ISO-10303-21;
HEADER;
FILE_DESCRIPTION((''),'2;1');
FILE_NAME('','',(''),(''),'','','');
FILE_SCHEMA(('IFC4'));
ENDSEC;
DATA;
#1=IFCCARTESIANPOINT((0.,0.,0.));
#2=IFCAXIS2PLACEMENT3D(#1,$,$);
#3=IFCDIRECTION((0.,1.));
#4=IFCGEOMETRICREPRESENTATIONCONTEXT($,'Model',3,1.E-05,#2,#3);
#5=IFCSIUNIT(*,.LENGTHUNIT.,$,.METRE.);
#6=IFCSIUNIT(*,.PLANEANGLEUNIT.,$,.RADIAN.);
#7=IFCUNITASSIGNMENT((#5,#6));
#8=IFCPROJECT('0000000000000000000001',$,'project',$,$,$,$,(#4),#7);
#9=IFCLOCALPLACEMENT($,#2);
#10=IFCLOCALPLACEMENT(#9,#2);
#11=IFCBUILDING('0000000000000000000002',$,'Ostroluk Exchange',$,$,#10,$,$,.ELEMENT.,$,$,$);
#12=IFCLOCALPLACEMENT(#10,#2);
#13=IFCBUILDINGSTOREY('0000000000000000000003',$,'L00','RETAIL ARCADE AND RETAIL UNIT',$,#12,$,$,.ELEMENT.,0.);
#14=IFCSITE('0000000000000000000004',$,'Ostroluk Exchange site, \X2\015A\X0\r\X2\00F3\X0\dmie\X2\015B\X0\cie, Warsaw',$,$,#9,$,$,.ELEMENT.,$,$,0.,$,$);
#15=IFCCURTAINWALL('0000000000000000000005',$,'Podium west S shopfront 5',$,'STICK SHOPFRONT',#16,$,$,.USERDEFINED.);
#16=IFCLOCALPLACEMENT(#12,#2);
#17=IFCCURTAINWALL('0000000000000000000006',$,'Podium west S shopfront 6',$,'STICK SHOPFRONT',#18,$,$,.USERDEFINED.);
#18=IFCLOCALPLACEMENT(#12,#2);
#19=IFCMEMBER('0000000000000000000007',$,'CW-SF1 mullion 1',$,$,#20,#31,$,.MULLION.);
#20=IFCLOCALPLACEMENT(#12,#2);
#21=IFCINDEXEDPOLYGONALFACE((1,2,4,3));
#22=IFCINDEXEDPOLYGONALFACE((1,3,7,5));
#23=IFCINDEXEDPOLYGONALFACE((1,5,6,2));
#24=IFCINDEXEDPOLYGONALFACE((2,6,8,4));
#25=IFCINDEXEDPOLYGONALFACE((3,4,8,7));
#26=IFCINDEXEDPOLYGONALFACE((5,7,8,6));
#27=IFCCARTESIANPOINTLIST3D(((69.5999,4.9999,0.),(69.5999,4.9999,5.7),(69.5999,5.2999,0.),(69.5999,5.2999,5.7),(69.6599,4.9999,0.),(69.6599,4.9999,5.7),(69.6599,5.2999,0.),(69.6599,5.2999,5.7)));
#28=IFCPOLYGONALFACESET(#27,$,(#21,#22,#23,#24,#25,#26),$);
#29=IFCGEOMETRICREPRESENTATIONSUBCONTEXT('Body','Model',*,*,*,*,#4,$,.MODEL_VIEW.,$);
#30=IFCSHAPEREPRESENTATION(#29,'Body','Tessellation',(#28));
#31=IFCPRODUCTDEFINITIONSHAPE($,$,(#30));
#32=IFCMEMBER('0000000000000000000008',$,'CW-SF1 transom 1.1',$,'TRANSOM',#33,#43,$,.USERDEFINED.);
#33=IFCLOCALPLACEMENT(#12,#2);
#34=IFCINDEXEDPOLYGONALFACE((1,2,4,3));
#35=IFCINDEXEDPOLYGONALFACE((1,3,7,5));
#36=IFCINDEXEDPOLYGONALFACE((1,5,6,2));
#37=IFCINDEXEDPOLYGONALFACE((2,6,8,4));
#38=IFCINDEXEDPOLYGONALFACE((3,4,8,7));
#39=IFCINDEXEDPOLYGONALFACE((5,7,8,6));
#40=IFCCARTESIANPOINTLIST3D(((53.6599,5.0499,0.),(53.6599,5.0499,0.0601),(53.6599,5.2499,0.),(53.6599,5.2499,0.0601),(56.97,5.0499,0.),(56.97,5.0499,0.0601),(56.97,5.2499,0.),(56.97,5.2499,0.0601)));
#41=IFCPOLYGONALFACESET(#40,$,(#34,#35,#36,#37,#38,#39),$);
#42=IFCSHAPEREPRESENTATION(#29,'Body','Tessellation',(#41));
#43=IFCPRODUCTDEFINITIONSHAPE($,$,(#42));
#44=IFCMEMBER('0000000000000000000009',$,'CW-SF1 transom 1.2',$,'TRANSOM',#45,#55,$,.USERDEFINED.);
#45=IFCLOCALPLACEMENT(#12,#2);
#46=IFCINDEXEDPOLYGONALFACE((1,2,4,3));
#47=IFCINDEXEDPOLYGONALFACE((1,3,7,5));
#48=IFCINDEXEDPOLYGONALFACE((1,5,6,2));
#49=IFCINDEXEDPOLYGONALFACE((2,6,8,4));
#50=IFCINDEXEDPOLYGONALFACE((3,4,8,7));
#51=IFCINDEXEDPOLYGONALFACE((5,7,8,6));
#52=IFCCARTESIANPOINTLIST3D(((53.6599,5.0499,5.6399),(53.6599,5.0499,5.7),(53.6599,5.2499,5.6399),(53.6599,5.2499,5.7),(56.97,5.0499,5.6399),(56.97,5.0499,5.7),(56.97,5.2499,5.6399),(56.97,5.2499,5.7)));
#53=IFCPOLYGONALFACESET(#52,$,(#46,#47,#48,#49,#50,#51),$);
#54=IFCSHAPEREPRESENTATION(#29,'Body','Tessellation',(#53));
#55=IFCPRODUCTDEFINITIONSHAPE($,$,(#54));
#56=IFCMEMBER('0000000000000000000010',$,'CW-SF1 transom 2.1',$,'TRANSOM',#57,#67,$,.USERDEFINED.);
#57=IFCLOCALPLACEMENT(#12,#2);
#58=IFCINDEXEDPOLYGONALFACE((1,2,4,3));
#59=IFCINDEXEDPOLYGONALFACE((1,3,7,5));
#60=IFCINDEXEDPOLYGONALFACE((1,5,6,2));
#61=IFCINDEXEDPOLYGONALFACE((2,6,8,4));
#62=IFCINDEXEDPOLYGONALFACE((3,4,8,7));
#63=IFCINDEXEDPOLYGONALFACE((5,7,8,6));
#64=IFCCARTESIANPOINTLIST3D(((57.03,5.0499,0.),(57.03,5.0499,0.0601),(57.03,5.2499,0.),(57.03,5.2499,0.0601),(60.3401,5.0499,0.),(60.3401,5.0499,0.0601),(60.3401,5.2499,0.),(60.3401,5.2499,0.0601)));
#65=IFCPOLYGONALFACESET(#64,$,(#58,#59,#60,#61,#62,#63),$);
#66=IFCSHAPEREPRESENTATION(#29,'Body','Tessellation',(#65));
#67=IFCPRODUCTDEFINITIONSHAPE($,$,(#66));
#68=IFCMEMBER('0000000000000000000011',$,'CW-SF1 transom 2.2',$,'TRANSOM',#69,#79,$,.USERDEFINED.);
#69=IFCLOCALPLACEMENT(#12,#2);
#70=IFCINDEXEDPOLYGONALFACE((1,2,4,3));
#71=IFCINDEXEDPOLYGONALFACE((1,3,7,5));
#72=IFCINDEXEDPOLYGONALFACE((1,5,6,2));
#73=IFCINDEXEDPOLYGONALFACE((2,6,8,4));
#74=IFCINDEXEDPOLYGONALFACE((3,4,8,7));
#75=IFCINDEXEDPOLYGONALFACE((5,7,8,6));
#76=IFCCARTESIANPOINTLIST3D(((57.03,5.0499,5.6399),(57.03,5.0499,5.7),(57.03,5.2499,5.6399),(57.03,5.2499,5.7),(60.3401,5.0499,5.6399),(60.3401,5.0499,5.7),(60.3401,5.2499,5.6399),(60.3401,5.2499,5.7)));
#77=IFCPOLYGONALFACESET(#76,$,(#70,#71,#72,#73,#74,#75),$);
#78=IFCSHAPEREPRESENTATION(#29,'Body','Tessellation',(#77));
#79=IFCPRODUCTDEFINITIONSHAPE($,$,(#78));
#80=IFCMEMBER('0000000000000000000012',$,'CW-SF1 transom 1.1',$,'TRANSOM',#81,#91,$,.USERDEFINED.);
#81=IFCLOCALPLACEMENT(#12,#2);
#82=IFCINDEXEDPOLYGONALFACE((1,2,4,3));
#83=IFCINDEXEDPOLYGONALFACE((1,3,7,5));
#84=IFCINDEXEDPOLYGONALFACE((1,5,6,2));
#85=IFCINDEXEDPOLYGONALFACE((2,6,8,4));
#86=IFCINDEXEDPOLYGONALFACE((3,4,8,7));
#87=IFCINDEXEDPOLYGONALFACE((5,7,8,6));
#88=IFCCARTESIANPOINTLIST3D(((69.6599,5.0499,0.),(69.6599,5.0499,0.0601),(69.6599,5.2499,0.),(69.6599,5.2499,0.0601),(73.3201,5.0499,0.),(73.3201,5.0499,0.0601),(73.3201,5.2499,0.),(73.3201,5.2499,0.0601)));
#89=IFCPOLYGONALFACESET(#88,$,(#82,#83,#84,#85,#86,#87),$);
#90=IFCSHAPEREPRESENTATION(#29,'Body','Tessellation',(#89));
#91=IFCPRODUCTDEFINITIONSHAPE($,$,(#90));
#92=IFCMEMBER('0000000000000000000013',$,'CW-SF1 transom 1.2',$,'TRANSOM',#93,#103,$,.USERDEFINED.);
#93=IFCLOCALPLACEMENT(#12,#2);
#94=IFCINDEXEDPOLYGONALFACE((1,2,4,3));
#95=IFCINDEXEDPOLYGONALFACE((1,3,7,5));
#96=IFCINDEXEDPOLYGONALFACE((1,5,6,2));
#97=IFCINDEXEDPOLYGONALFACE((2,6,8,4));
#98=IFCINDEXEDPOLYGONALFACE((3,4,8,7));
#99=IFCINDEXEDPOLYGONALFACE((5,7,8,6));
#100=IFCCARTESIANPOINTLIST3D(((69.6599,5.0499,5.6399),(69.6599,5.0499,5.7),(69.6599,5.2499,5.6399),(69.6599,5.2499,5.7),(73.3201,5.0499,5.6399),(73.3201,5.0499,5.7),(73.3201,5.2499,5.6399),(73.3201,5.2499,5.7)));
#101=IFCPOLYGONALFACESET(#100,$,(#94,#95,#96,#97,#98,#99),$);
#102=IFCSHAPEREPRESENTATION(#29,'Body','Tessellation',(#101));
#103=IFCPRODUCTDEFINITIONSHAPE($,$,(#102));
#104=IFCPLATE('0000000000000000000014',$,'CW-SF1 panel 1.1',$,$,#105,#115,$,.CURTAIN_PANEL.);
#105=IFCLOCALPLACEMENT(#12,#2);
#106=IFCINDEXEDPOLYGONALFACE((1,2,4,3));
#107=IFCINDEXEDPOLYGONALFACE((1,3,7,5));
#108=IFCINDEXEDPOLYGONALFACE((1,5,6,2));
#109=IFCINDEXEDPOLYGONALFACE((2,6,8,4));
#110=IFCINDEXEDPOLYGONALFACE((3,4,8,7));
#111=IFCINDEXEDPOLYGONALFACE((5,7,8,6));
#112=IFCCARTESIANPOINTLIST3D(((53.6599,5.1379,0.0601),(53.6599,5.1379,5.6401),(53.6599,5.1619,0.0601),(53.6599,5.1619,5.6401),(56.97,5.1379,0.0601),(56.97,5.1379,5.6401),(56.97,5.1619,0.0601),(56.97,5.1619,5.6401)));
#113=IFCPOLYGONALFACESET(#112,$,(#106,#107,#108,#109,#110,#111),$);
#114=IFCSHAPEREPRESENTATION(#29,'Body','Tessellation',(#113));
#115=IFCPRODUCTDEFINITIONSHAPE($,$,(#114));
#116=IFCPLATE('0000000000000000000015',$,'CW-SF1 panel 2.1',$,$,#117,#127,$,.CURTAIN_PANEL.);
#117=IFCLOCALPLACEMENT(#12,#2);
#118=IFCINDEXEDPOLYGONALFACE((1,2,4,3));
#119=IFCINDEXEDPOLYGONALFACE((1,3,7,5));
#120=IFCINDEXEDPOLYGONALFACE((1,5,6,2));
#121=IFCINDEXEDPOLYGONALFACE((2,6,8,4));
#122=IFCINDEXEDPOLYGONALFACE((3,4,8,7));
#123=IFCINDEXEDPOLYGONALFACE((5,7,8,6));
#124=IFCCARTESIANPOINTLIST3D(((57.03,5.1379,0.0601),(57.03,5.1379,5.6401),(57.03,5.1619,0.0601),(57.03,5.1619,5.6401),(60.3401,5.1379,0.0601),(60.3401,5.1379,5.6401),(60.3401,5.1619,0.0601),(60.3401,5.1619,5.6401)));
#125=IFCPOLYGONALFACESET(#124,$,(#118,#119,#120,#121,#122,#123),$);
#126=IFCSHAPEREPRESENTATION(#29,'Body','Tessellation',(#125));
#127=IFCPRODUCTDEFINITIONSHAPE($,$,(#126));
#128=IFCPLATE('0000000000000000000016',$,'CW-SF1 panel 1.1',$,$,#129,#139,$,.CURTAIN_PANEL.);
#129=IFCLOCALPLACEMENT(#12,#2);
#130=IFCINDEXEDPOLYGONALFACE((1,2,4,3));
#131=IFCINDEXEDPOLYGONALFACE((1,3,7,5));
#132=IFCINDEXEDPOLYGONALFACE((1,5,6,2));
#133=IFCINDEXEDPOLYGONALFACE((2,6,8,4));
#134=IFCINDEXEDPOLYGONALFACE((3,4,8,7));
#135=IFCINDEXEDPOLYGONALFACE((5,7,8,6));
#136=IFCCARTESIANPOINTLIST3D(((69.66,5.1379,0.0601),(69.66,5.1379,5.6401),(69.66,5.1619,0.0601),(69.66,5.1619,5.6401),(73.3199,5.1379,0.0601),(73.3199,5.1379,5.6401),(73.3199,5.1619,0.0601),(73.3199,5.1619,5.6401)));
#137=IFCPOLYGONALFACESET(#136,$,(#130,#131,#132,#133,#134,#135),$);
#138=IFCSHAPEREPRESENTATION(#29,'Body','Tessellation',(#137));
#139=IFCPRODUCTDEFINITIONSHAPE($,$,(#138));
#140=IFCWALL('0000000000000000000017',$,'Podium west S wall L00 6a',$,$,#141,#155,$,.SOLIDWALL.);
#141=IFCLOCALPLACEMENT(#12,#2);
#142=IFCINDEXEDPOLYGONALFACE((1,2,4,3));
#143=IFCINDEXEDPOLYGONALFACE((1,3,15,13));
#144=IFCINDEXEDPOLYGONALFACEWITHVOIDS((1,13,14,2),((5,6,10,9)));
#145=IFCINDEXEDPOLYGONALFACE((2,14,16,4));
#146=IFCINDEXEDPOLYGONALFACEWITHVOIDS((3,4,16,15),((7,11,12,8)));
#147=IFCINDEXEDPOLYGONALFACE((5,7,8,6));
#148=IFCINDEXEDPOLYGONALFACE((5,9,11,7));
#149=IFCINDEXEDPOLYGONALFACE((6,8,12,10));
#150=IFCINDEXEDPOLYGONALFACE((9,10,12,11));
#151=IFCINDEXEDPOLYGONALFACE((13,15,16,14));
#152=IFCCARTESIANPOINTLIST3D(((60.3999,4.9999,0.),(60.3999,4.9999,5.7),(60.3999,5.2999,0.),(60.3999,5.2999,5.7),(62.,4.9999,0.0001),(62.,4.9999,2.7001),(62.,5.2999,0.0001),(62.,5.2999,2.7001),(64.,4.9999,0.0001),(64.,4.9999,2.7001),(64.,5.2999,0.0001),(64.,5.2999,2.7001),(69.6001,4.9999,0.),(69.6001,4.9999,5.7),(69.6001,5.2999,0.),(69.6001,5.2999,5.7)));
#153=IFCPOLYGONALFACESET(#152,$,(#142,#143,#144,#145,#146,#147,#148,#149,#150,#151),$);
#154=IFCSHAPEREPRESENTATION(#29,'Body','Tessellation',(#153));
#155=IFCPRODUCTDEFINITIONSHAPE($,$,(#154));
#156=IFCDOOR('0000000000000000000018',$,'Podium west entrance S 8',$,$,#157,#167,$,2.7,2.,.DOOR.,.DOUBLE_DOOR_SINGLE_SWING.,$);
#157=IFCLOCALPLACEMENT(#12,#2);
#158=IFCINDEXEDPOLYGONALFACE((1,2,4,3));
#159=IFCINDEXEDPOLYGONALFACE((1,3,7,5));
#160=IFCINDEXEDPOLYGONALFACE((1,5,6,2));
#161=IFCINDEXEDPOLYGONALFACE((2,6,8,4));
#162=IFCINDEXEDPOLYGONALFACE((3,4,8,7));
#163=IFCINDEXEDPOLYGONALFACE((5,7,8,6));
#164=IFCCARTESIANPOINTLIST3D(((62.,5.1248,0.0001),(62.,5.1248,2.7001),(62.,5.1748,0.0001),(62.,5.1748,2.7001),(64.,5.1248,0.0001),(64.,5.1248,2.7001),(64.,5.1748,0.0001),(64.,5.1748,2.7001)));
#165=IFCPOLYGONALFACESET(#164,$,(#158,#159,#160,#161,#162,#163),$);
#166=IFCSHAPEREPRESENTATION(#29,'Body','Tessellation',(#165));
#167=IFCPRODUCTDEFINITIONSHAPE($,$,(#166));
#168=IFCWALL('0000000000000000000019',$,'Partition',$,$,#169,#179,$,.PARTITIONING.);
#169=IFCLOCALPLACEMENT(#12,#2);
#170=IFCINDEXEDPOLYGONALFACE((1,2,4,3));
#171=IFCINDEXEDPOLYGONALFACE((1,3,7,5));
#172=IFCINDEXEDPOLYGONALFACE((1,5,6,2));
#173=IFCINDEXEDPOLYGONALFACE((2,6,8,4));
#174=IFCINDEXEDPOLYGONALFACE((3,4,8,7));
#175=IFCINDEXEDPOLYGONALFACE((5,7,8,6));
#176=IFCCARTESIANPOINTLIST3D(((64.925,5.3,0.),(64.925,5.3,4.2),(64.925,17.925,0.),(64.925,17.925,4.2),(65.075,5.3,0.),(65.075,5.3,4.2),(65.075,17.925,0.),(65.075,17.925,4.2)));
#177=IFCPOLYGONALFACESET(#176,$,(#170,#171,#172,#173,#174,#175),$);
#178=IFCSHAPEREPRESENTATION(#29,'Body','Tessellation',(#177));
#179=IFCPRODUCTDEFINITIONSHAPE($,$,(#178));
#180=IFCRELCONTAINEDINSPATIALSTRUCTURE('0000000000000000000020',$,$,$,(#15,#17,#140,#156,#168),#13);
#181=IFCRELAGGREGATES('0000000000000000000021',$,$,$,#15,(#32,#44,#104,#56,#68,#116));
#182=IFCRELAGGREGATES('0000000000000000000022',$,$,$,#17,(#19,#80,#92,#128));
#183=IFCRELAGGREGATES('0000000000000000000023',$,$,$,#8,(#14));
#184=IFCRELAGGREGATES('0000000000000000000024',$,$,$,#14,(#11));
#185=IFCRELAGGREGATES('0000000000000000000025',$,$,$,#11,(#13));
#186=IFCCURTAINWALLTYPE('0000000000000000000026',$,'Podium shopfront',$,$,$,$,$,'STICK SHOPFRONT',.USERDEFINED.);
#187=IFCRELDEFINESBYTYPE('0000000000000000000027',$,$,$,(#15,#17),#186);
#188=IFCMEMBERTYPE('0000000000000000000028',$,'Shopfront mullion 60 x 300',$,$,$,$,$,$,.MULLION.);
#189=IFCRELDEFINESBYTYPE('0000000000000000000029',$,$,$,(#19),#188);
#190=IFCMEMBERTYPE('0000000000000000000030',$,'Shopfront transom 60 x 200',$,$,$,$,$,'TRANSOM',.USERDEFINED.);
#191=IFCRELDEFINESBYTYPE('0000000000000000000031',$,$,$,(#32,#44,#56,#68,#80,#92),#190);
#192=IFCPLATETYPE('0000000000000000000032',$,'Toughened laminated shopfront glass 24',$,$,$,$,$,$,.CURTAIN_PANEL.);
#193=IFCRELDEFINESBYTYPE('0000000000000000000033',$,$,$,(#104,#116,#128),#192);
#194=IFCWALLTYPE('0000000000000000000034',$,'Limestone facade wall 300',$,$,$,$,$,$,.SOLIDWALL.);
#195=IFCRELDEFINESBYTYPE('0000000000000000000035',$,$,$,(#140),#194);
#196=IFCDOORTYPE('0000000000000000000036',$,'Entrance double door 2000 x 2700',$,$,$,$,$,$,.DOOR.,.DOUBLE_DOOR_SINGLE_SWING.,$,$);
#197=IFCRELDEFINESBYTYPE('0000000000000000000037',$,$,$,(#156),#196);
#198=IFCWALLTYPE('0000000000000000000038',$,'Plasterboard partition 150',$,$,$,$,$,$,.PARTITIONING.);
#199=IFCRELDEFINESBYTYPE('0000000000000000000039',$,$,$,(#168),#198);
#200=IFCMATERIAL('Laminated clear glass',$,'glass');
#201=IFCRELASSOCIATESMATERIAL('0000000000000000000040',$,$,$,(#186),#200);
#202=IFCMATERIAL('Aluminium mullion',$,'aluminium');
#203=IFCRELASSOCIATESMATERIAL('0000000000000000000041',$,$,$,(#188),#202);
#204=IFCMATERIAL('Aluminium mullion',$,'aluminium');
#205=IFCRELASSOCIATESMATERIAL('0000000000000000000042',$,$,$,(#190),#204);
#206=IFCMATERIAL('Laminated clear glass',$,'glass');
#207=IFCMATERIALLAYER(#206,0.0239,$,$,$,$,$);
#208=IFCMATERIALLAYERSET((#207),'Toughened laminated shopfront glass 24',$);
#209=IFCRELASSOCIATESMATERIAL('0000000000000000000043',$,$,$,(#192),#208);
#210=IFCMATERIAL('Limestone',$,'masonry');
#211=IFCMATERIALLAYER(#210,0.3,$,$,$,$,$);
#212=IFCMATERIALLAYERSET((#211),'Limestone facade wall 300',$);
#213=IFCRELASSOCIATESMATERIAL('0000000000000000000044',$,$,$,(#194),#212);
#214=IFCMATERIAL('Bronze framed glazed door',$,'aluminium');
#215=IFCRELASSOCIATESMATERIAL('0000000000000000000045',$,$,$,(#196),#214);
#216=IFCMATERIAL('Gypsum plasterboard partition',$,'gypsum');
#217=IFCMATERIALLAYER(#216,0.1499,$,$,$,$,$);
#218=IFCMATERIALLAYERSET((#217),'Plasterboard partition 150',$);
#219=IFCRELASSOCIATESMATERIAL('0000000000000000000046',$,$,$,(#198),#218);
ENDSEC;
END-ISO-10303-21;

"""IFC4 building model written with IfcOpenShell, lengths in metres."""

from ifc_helpers import new_model, si_unit, direction, frame, frame_2d, origin, origin_2d, place, context, subcontext, project, spatial, rectangle, extrude, material, layer, layer_set, material_profile, profile_set, type_object, element, fill, aggregate, save


model = new_model("IFC4")

# Units and contexts
model_context = context("Model", 3, precision=1e-05, world=origin(), true_north=direction((0.0, 1.0)))
body_context = subcontext(model_context, "Body", "Model", "MODEL_VIEW")
ifc_project = project(units=[si_unit("LENGTHUNIT", "METRE"), si_unit("PLANEANGLEUNIT", "RADIAN")], contexts=[model_context])

# Site, building, storey
site_placement = place(None, origin())
site = spatial("IfcSite", under=ifc_project, at=site_placement, Name="Ostroluk Exchange site, Śródmieście, Warsaw", CompositionType="ELEMENT", RefElevation=0.0)
building_placement = place(site_placement, origin())
building = spatial("IfcBuilding", under=site, at=building_placement, Name="Ostroluk Exchange", CompositionType="ELEMENT")
storey_placement = place(building_placement, origin())
storey = spatial("IfcBuildingStorey", under=building, at=storey_placement, Name="L00", Description="RETAIL ARCADE AND RETAIL UNIT", CompositionType="ELEMENT", Elevation=0.0)

# Curtain wall
ifc_material_1 = material(Name="Laminated clear glass", Category="glass")
curtain_wall_type = type_object("IfcCurtainWallType", Name="Podium shopfront", ElementType="STICK SHOPFRONT", PredefinedType="USERDEFINED", material=ifc_material_1)
curtain_wall_1_placement = place(storey_placement, origin())
curtain_wall_1 = element("IfcCurtainWall", 1, at=curtain_wall_1_placement, inside=storey, type_object=curtain_wall_type, Name="Podium west S shopfront 5", ObjectType="STICK SHOPFRONT", PredefinedType="USERDEFINED")
ifc_material_2 = material(Name="Aluminium mullion", Category="aluminium")
ifc_material_profile_1 = material_profile(ifc_material_2, rectangle(XDim=0.3, YDim=0.0601, at=origin_2d()), Name="Shopfront mullion 60 x 300")
ifc_profile_set_1 = profile_set([ifc_material_profile_1], Name="Aluminium mullion")
member_type_1 = type_object("IfcMemberType", Name="Shopfront mullion 60 x 300", PredefinedType="MULLION", material=ifc_profile_set_1)

# Curtain wall, member
curtain_wall_2_placement = place(storey_placement, origin())
curtain_wall_2 = element("IfcCurtainWall", 2, at=curtain_wall_2_placement, inside=storey, type_object=curtain_wall_type, Name="Podium west S shopfront 6", ObjectType="STICK SHOPFRONT", PredefinedType="USERDEFINED")
member_1_placement = place(storey_placement, frame((69.6299, 5.1499, 0.0), z_axis=(0.0, 0.0, 1.0), x_axis=(0.0, 1.0, 0.0)))
member_1 = element("IfcMember", 3, at=member_1_placement, type_object=member_type_1, Name="CW-SF1 mullion 1", PredefinedType="MULLION", context=body_context, shape_type="SweptSolid", body=[
    extrude(rectangle(XDim=0.3, YDim=0.0601, at=origin_2d()), origin(), (0.0, 0.0, 1.0), 5.7),
])

# Members
ifc_material_3 = material(Name="Aluminium mullion", Category="aluminium")
ifc_material_profile_2 = material_profile(ifc_material_3, rectangle(XDim=0.2, YDim=0.0601, at=origin_2d()), Name="Shopfront transom 60 x 200")
ifc_profile_set_2 = profile_set([ifc_material_profile_2], Name="Aluminium mullion")
member_type_2 = type_object("IfcMemberType", Name="Shopfront transom 60 x 200", ElementType="TRANSOM", PredefinedType="USERDEFINED", material=ifc_profile_set_2)
member_2_placement = place(storey_placement, frame((53.6599, 5.1499, 0.03), z_axis=(1.0, 0.0, 0.0), x_axis=(0.0, 1.0, 0.0)))
member_2 = element("IfcMember", 4, at=member_2_placement, type_object=member_type_2, Name="CW-SF1 transom 1.1", ObjectType="TRANSOM", PredefinedType="USERDEFINED", context=body_context, shape_type="SweptSolid", body=[
    extrude(rectangle(XDim=0.2, YDim=0.0601, at=origin_2d()), origin(), (0.0, 0.0, 1.0), 3.3101),
])
member_3_placement = place(storey_placement, frame((53.6599, 5.1499, 5.6699), z_axis=(1.0, 0.0, 0.0), x_axis=(0.0, 1.0, 0.0)))
member_3 = element("IfcMember", 5, at=member_3_placement, type_object=member_type_2, Name="CW-SF1 transom 1.2", ObjectType="TRANSOM", PredefinedType="USERDEFINED", context=body_context, shape_type="SweptSolid", body=[
    extrude(rectangle(XDim=0.2, YDim=0.0601, at=origin_2d()), origin(), (0.0, 0.0, 1.0), 3.3101),
])
member_4_placement = place(storey_placement, frame((57.03, 5.1499, 0.03), z_axis=(1.0, 0.0, 0.0), x_axis=(0.0, 1.0, 0.0)))
member_4 = element("IfcMember", 6, at=member_4_placement, type_object=member_type_2, Name="CW-SF1 transom 2.1", ObjectType="TRANSOM", PredefinedType="USERDEFINED", context=body_context, shape_type="SweptSolid", body=[
    extrude(rectangle(XDim=0.2, YDim=0.0601, at=origin_2d()), origin(), (0.0, 0.0, 1.0), 3.3101),
])
member_5_placement = place(storey_placement, frame((57.03, 5.1499, 5.6699), z_axis=(1.0, 0.0, 0.0), x_axis=(0.0, 1.0, 0.0)))
member_5 = element("IfcMember", 7, at=member_5_placement, type_object=member_type_2, Name="CW-SF1 transom 2.2", ObjectType="TRANSOM", PredefinedType="USERDEFINED", context=body_context, shape_type="SweptSolid", body=[
    extrude(rectangle(XDim=0.2, YDim=0.0601, at=origin_2d()), origin(), (0.0, 0.0, 1.0), 3.3101),
])
member_6_placement = place(storey_placement, frame((69.6599, 5.1499, 0.03), z_axis=(1.0, 0.0, 0.0), x_axis=(0.0, 1.0, 0.0)))
member_6 = element("IfcMember", 8, at=member_6_placement, type_object=member_type_2, Name="CW-SF1 transom 1.1", ObjectType="TRANSOM", PredefinedType="USERDEFINED", context=body_context, shape_type="SweptSolid", body=[
    extrude(rectangle(XDim=0.2, YDim=0.0601, at=origin_2d()), origin(), (0.0, 0.0, 1.0), 3.6602),
])
member_7_placement = place(storey_placement, frame((69.6599, 5.1499, 5.6699), z_axis=(1.0, 0.0, 0.0), x_axis=(0.0, 1.0, 0.0)))
member_7 = element("IfcMember", 9, at=member_7_placement, type_object=member_type_2, Name="CW-SF1 transom 1.2", ObjectType="TRANSOM", PredefinedType="USERDEFINED", context=body_context, shape_type="SweptSolid", body=[
    extrude(rectangle(XDim=0.2, YDim=0.0601, at=origin_2d()), origin(), (0.0, 0.0, 1.0), 3.6602),
])

# Plates
ifc_material_4 = material(Name="Laminated clear glass", Category="glass")
ifc_layer_1 = layer(ifc_material_4, 0.0239)
ifc_layer_set_1 = layer_set([ifc_layer_1], Name="Toughened laminated shopfront glass 24")
plate_type = type_object("IfcPlateType", Name="Toughened laminated shopfront glass 24", PredefinedType="CURTAIN_PANEL", material=ifc_layer_set_1)
plate_1_placement = place(storey_placement, frame((55.3149, 5.1499, 0.0601), z_axis=(0.0, 0.0, 1.0), x_axis=(1.0, 0.0, 0.0)))
plate_1 = element("IfcPlate", 10, at=plate_1_placement, type_object=plate_type, Name="CW-SF1 panel 1.1", PredefinedType="CURTAIN_PANEL", context=body_context, shape_type="SweptSolid", body=[
    extrude(rectangle(XDim=3.3101, YDim=0.0239, at=origin_2d()), origin(), (0.0, 0.0, 1.0), 5.5801),
])
plate_2_placement = place(storey_placement, frame((58.6851, 5.1499, 0.0601), z_axis=(0.0, 0.0, 1.0), x_axis=(1.0, 0.0, 0.0)))
plate_2 = element("IfcPlate", 11, at=plate_2_placement, type_object=plate_type, Name="CW-SF1 panel 2.1", PredefinedType="CURTAIN_PANEL", context=body_context, shape_type="SweptSolid", body=[
    extrude(rectangle(XDim=3.3101, YDim=0.0239, at=origin_2d()), origin(), (0.0, 0.0, 1.0), 5.5801),
])
aggregate(curtain_wall_1, [member_2, member_3, plate_1, member_4, member_5, plate_2])
plate_3_placement = place(storey_placement, frame((71.49, 5.1499, 0.0601), z_axis=(0.0, 0.0, 1.0), x_axis=(1.0, 0.0, 0.0)))
plate_3 = element("IfcPlate", 12, at=plate_3_placement, type_object=plate_type, Name="CW-SF1 panel 1.1", PredefinedType="CURTAIN_PANEL", context=body_context, shape_type="SweptSolid", body=[
    extrude(rectangle(XDim=3.6599, YDim=0.0239, at=origin_2d()), origin(), (0.0, 0.0, 1.0), 5.5801),
])
aggregate(curtain_wall_2, [member_1, member_6, member_7, plate_3])

# Wall, opening, door
ifc_material_5 = material(Name="Limestone", Category="masonry")
ifc_layer_2 = layer(ifc_material_5, 0.3)
ifc_layer_set_2 = layer_set([ifc_layer_2], Name="Limestone facade wall 300")
wall_type_1 = type_object("IfcWallType", Name="Limestone facade wall 300", PredefinedType="SOLIDWALL", material=ifc_layer_set_2)
wall_1_placement = place(storey_placement, frame((60.3999, 5.1499, 0.0), z_axis=(0.0, 0.0, 1.0), x_axis=(1.0, 0.0, 0.0)))
wall_1 = element("IfcWall", 13, at=wall_1_placement, inside=storey, type_object=wall_type_1, Name="Podium west S wall L00 6a", PredefinedType="SOLIDWALL", context=body_context, shape_type="SweptSolid", body=[
    extrude(rectangle(XDim=9.2002, YDim=0.3, at=frame_2d((4.6001, 0.0))), origin(), (0.0, 0.0, 1.0), 5.7),
])
opening_1_placement = place(wall_1_placement, frame((1.6001, 0.0, 0.0)))
opening_1 = element("IfcOpeningElement", 14, at=opening_1_placement, cuts=wall_1, PredefinedType="OPENING", context=body_context, shape_type="SweptSolid", body=[
    extrude(rectangle(XDim=2.0, YDim=2.7, at=frame_2d((1.0, 1.3501))), frame((0.0, 0.1599, 0.0), z_axis=(0.0, -1.0, 0.0), x_axis=(1.0, 0.0, 0.0)), (0.0, 0.0, 1.0), 0.3201),
])
ifc_material_6 = material(Name="Bronze framed glazed door", Category="aluminium")
door_type_1 = type_object("IfcDoorType", Name="Entrance double door 2000 x 2700", OperationType="DOUBLE_DOOR_SINGLE_SWING", PredefinedType="DOOR", material=ifc_material_6)
door_1_placement = place(opening_1_placement, origin())
door_1 = element("IfcDoor", 15, at=door_1_placement, inside=storey, type_object=door_type_1, Name="Podium west entrance S 8", OperationType="DOUBLE_DOOR_SINGLE_SWING", OverallHeight=2.7, OverallWidth=2.0, PredefinedType="DOOR", context=body_context, shape_type="SweptSolid", body=[
    extrude(rectangle(XDim=2.0, YDim=2.7, at=frame_2d((1.0, 1.3501))), frame((0.0, 0.0249, 0.0), z_axis=(0.0, -1.0, 0.0), x_axis=(1.0, 0.0, 0.0)), (0.0, 0.0, 1.0), 0.05),
])
fill(opening_1, door_1)

# Wall
ifc_material_7 = material(Name="Gypsum plasterboard partition", Category="gypsum")
ifc_layer_3 = layer(ifc_material_7, 0.1499)
ifc_layer_set_3 = layer_set([ifc_layer_3], Name="Plasterboard partition 150")
wall_type_2 = type_object("IfcWallType", Name="Plasterboard partition 150", PredefinedType="PARTITIONING", material=ifc_layer_set_3)
wall_2_placement = place(storey_placement, frame((65.0, 17.925, 0.0), z_axis=(0.0, 0.0, 1.0), x_axis=(0.0, -1.0, 0.0)))
element("IfcWall", 16, at=wall_2_placement, inside=storey, type_object=wall_type_2, Name="Partition", PredefinedType="PARTITIONING", context=body_context, shape_type="SweptSolid", body=[
    extrude(rectangle(XDim=12.625, YDim=0.1499, at=frame_2d((6.3125, 0.0))), origin(), (0.0, 0.0, 1.0), 4.2),
])

save(model, "model.ifc")
